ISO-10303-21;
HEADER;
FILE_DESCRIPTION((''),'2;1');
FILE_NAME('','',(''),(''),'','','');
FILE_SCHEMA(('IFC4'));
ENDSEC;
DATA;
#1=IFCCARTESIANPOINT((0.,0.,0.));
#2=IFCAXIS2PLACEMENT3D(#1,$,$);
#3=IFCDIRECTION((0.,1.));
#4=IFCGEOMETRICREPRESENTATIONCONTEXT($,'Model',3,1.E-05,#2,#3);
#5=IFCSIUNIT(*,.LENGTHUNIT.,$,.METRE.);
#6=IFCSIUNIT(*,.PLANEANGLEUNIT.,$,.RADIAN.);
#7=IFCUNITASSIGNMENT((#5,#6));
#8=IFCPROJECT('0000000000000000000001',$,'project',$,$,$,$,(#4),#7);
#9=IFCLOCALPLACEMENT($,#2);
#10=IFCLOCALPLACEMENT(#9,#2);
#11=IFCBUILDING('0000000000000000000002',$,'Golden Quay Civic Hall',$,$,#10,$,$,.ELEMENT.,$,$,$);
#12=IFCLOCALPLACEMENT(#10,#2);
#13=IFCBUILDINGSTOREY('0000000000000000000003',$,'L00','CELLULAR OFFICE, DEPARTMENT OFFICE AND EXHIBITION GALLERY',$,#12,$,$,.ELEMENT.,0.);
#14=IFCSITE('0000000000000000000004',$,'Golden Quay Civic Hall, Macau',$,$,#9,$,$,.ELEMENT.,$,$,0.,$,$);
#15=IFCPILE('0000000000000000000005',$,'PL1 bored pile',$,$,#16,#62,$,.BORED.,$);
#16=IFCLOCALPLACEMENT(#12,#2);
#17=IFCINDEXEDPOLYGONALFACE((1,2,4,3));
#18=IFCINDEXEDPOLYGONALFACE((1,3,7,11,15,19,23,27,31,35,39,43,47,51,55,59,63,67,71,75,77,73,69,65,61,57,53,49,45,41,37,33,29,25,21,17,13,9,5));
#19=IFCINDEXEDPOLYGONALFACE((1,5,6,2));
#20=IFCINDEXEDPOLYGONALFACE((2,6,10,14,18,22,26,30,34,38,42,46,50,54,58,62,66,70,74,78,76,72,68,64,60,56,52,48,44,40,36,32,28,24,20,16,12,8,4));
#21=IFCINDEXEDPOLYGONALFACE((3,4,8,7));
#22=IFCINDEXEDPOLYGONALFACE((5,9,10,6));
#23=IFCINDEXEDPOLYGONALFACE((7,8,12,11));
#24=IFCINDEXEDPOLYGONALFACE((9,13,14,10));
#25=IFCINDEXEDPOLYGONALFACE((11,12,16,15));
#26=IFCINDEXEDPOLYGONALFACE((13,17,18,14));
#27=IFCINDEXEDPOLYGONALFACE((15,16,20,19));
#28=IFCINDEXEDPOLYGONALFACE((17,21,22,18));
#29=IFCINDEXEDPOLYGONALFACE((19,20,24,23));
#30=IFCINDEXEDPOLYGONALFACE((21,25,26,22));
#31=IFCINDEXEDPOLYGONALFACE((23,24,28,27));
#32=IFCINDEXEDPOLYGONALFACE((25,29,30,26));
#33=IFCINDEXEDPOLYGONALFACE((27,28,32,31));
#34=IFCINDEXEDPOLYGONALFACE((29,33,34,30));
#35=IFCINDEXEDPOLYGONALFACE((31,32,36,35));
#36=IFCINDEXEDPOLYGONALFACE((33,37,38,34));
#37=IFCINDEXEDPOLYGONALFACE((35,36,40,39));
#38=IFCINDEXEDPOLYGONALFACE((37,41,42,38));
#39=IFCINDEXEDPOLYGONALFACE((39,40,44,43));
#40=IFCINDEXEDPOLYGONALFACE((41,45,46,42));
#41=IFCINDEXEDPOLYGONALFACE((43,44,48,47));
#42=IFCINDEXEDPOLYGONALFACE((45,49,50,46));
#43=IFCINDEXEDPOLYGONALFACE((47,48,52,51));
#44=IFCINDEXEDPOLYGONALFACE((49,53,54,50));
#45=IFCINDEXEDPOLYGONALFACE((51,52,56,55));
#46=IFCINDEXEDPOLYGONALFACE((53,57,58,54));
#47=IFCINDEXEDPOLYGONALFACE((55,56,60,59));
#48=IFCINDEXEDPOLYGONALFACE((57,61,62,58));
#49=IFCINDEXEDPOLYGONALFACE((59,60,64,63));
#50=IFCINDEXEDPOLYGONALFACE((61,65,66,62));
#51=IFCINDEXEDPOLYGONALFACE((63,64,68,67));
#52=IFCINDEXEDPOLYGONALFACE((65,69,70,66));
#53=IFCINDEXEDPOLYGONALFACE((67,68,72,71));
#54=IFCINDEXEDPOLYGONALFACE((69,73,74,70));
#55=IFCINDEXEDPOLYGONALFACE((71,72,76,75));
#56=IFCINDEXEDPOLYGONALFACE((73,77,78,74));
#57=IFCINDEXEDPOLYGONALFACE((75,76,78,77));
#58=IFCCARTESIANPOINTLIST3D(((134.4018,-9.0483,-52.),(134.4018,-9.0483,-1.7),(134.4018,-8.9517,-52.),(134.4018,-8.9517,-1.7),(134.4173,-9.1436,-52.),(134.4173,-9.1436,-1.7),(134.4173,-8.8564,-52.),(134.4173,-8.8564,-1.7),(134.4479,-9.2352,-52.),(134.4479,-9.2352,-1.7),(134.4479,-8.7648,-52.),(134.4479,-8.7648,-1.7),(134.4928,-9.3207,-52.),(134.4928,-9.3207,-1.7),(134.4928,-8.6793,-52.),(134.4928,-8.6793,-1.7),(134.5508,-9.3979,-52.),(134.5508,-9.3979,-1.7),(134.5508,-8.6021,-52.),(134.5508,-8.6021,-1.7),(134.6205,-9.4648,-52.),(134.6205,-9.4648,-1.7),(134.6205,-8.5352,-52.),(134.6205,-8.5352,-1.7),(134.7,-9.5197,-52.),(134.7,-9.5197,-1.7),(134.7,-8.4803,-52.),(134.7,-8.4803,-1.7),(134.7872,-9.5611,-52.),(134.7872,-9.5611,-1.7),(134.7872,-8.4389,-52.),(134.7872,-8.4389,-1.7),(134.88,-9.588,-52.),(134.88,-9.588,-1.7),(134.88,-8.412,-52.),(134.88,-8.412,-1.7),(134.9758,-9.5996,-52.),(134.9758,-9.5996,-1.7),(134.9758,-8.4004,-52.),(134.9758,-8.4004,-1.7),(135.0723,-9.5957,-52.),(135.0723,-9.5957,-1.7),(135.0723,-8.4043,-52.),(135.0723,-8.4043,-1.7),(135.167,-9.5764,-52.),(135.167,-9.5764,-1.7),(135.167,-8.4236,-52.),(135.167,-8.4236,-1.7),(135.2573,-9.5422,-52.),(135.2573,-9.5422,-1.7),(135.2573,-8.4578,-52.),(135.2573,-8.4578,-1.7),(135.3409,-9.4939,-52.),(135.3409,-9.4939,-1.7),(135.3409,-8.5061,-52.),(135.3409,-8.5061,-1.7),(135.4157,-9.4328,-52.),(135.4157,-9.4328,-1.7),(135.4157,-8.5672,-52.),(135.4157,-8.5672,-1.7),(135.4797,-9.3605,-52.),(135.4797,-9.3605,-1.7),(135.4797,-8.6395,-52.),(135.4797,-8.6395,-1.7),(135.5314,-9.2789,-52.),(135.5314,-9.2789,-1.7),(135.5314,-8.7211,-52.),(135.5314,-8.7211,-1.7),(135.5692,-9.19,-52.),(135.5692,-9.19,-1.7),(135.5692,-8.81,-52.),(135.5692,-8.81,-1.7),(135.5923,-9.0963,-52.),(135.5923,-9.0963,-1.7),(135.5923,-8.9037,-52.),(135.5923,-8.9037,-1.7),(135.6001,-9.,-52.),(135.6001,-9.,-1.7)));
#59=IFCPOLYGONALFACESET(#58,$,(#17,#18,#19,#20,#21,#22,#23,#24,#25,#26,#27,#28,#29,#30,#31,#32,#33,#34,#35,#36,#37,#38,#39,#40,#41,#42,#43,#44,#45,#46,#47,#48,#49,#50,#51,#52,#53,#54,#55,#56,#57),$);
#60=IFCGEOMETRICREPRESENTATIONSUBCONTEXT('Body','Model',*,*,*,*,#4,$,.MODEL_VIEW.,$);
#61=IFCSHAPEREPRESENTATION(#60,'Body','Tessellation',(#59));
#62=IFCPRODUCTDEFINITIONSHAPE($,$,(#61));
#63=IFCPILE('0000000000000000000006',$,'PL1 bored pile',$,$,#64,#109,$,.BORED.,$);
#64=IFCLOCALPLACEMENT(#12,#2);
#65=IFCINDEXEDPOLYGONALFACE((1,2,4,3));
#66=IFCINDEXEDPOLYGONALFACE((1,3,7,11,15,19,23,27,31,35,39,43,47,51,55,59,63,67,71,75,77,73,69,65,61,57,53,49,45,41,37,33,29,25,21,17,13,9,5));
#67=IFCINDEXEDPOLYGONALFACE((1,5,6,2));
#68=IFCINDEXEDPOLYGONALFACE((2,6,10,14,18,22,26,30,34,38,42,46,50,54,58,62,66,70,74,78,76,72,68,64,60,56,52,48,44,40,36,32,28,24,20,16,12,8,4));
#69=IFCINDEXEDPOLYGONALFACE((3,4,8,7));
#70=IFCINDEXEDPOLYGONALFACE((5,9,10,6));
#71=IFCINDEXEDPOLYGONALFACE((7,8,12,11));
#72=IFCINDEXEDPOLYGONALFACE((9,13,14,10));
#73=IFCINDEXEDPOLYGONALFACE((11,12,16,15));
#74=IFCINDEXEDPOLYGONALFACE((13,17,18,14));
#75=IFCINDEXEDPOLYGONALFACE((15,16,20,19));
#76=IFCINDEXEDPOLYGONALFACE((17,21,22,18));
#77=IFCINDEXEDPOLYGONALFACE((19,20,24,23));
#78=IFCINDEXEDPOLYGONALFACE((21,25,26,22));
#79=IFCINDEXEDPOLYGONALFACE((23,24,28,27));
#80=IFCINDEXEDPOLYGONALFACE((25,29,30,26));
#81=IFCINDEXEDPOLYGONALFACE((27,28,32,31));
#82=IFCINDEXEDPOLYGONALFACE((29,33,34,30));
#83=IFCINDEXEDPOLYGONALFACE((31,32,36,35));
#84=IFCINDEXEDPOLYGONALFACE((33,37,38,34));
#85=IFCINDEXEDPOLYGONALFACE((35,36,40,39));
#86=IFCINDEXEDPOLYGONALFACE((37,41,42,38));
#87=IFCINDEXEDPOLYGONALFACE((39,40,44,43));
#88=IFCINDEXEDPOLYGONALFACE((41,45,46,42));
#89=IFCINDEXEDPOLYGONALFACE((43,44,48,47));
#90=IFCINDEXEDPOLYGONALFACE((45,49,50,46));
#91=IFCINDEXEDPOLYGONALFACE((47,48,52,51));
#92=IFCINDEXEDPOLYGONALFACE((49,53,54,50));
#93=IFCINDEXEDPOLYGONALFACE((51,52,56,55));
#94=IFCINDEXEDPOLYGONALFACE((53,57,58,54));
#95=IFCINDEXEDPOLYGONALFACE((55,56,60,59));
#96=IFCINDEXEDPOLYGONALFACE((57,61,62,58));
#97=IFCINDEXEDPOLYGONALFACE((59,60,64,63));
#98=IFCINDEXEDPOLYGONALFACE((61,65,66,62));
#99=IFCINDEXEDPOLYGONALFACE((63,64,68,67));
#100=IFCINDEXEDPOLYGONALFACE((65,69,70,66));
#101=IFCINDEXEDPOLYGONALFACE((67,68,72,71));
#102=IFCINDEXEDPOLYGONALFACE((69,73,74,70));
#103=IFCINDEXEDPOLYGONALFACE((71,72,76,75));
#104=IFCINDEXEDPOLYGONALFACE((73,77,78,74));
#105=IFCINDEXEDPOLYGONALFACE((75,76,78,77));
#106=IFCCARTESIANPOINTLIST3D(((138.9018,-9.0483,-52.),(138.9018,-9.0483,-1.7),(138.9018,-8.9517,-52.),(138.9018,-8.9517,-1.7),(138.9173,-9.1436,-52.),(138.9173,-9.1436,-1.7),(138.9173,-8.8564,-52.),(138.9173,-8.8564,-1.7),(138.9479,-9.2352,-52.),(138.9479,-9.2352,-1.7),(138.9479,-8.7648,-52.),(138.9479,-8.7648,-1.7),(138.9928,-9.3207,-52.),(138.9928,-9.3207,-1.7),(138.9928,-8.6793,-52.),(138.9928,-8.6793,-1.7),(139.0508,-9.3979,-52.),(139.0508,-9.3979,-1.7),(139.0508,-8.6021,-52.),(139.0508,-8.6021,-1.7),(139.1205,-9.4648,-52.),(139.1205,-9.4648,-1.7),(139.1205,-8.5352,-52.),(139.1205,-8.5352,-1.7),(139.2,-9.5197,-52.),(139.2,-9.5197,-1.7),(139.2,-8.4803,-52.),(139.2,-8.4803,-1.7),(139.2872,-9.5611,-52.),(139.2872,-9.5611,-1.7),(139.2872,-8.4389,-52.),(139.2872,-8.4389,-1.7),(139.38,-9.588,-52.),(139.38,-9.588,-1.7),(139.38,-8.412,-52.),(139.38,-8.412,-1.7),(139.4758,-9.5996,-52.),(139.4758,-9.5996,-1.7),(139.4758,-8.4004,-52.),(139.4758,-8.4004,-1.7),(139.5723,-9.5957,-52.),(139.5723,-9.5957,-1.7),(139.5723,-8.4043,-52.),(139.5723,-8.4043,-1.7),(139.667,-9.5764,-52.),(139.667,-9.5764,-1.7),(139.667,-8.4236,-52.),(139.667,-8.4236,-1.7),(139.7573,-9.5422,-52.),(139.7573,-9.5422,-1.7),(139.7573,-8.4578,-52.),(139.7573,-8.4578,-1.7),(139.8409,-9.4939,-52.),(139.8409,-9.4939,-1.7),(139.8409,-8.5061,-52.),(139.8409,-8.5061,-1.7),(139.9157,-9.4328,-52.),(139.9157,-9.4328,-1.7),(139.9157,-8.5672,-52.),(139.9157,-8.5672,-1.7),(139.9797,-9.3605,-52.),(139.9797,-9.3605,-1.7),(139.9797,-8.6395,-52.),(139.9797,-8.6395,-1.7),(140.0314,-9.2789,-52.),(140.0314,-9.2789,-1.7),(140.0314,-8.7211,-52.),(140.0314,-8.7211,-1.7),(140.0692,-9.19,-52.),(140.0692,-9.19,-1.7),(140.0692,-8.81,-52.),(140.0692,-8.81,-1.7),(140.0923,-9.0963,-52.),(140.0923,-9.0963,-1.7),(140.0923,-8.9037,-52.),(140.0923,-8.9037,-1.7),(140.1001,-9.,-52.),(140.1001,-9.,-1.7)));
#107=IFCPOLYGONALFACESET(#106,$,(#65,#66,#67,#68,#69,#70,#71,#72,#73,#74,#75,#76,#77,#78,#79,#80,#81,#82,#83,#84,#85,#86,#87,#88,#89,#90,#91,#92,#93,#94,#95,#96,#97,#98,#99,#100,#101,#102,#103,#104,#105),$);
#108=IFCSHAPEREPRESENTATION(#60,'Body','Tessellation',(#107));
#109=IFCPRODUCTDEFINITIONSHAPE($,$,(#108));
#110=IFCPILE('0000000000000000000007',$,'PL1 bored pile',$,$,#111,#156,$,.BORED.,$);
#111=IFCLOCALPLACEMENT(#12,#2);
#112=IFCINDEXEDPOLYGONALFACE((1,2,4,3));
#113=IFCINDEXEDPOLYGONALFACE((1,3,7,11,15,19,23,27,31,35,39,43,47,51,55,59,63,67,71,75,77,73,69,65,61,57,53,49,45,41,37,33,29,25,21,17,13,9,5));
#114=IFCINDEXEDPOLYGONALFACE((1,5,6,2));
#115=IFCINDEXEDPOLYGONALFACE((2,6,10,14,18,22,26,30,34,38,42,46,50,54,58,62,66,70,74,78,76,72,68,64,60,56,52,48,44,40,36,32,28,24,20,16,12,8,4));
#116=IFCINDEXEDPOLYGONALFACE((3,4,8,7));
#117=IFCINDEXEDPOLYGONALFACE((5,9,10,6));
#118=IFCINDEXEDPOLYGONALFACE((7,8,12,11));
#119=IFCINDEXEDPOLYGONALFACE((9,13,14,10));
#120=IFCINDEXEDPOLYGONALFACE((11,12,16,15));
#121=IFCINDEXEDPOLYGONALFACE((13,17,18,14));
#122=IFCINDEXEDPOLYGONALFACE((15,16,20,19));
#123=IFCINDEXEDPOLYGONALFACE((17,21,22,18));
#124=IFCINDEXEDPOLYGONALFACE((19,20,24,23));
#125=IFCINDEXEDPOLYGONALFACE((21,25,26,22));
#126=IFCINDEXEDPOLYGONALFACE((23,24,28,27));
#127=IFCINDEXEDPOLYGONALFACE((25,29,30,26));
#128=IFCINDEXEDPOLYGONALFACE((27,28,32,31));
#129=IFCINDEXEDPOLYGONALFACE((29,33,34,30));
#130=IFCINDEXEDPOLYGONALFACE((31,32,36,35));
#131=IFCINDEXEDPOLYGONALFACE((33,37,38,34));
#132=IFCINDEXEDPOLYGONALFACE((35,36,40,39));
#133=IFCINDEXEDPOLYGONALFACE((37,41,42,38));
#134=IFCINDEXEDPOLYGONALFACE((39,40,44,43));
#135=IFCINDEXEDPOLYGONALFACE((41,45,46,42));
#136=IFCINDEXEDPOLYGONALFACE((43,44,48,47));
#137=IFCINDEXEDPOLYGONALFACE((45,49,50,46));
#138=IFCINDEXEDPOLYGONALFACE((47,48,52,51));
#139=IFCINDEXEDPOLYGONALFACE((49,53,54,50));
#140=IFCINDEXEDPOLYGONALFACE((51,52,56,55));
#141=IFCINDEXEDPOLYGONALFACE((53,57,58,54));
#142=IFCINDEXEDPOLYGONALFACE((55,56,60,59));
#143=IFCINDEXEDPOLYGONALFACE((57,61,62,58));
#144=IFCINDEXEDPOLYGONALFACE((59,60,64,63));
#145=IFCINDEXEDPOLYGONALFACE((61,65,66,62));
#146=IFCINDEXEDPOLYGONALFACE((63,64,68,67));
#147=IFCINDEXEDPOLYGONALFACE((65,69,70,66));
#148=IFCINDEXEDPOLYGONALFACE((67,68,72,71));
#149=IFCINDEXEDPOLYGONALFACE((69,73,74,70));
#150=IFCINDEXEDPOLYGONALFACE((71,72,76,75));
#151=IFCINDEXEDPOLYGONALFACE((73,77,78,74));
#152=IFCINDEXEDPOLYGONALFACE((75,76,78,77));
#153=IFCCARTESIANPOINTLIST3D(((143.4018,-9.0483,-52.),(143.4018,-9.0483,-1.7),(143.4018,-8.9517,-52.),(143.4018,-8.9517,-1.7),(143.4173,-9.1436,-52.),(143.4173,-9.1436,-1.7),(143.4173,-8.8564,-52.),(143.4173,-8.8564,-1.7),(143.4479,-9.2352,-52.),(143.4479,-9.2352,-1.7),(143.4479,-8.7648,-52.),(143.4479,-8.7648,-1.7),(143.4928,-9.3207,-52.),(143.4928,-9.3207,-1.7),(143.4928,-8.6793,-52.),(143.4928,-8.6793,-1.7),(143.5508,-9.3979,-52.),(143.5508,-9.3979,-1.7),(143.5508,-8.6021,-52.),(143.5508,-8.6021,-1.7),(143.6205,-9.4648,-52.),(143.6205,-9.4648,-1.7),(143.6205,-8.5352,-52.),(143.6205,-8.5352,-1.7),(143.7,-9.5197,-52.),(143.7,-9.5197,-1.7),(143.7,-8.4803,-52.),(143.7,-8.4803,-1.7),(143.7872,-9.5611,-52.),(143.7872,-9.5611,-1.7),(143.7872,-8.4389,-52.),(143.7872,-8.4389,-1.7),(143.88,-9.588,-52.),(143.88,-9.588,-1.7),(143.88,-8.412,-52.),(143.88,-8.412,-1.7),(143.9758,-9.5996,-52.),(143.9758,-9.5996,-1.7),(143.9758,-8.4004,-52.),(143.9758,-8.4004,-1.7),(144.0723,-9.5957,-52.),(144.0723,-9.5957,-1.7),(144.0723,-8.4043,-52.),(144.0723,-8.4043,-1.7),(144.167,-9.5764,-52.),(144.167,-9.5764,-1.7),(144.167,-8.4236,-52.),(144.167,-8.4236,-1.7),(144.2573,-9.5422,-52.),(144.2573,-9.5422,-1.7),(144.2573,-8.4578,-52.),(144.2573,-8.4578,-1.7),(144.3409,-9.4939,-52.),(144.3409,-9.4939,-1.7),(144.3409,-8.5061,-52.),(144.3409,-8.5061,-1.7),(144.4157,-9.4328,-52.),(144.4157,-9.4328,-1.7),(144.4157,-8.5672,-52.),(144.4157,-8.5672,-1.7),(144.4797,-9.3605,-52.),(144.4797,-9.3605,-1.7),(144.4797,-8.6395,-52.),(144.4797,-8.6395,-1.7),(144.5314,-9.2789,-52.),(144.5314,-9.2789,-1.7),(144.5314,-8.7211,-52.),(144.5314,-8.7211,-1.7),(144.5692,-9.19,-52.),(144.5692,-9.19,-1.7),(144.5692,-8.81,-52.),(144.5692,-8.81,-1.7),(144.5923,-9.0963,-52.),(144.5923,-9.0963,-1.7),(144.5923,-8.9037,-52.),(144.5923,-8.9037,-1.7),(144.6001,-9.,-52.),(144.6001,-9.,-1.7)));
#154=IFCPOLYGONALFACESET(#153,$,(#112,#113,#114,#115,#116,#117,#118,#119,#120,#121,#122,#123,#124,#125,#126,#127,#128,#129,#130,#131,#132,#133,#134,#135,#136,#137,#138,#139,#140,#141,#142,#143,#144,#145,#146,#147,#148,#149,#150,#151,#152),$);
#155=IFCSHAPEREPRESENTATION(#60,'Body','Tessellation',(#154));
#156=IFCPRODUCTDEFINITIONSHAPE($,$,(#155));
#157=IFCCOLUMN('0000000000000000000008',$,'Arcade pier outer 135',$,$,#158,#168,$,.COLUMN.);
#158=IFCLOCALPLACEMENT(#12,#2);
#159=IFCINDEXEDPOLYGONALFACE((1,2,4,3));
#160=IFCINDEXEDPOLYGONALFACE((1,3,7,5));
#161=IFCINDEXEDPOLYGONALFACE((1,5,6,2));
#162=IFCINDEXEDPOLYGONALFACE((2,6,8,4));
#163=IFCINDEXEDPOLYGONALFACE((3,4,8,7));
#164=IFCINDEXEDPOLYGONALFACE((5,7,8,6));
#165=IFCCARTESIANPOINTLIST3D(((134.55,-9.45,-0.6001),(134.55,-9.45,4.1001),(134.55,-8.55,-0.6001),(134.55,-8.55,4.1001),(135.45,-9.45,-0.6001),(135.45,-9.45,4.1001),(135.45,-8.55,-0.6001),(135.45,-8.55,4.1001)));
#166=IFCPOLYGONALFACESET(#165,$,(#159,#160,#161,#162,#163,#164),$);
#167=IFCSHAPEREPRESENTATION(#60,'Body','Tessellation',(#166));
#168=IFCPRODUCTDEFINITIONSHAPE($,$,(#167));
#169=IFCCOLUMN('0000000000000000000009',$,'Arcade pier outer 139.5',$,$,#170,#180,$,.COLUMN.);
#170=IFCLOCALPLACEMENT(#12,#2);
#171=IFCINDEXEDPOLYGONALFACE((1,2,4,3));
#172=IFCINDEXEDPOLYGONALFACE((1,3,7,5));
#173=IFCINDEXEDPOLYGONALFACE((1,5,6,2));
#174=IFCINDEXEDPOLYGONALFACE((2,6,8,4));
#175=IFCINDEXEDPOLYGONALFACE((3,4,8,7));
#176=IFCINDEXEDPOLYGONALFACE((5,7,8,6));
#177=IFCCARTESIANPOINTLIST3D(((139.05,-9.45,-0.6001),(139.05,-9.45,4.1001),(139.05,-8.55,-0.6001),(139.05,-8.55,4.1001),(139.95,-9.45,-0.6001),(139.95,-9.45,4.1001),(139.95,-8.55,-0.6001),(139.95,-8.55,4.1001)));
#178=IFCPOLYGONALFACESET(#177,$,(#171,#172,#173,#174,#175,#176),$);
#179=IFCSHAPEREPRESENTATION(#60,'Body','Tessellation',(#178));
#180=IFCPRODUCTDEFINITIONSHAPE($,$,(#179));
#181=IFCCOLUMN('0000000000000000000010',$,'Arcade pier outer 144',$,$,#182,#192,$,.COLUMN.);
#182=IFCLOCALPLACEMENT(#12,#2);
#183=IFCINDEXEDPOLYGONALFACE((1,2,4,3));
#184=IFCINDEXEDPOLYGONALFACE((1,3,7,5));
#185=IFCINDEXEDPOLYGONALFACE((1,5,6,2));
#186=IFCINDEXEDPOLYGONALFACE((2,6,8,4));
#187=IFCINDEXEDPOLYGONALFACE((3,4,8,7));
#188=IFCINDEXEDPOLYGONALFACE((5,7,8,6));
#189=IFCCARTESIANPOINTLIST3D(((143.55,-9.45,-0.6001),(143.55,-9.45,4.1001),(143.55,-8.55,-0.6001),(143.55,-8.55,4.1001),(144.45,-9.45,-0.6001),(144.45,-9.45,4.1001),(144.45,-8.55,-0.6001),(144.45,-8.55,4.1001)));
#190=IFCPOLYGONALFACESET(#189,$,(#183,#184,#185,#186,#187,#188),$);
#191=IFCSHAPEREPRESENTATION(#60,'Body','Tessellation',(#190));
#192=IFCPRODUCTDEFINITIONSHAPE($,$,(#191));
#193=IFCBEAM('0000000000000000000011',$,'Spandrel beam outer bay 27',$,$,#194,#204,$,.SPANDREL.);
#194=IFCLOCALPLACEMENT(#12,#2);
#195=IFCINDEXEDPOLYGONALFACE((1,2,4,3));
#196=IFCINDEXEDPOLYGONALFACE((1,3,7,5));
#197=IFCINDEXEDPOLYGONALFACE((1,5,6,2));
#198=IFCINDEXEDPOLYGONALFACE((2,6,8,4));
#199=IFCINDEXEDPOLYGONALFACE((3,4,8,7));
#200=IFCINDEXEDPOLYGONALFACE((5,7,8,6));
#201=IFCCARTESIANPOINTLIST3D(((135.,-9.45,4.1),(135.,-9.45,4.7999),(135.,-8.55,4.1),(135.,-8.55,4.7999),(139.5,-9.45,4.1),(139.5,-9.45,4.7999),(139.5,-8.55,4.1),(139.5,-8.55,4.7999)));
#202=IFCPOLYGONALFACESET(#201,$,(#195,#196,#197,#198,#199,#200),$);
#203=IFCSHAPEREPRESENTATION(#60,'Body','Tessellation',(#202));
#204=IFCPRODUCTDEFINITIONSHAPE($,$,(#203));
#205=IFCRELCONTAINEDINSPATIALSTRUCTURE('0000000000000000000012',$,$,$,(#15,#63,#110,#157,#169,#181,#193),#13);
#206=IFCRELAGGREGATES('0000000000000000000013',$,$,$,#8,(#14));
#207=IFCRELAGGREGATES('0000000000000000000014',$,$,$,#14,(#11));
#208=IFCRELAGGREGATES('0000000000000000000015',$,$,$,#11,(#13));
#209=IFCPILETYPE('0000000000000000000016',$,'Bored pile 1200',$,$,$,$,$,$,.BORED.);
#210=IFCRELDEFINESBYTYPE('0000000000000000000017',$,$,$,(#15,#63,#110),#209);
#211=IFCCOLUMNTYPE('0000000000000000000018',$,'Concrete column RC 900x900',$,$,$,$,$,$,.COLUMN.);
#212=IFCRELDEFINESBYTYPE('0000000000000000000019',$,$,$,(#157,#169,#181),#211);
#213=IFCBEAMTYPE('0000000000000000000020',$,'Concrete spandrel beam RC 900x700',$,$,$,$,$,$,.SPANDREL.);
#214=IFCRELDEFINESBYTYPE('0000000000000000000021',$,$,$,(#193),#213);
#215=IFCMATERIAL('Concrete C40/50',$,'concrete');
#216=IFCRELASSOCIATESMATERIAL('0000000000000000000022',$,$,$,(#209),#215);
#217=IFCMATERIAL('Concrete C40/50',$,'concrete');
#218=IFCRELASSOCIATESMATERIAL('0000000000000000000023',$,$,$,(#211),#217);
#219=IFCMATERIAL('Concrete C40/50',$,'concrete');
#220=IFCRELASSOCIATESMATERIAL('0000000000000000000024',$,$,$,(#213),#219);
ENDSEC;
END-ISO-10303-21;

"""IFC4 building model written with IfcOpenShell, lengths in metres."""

from ifc_helpers import new_model, si_unit, direction, frame, origin, origin_2d, place, context, subcontext, project, spatial, rectangle, circle, extrude, material, material_profile, profile_set, type_object, element, save


model = new_model("IFC4")

# Units and contexts
model_context = context("Model", 3, precision=1e-05, world=origin(), true_north=direction((0.0, 1.0)))
body_context = subcontext(model_context, "Body", "Model", "MODEL_VIEW")
ifc_project = project(units=[si_unit("LENGTHUNIT", "METRE"), si_unit("PLANEANGLEUNIT", "RADIAN")], contexts=[model_context])

# Site, building, storey
site_placement = place(None, origin())
site = spatial("IfcSite", under=ifc_project, at=site_placement, Name="Golden Quay Civic Hall, Macau", CompositionType="ELEMENT", RefElevation=0.0)
building_placement = place(site_placement, origin())
building = spatial("IfcBuilding", under=site, at=building_placement, Name="Golden Quay Civic Hall", CompositionType="ELEMENT")
storey_placement = place(building_placement, origin())
storey = spatial("IfcBuildingStorey", under=building, at=storey_placement, Name="L00", Description="CELLULAR OFFICE, DEPARTMENT OFFICE AND EXHIBITION GALLERY", CompositionType="ELEMENT", Elevation=0.0)

# Piles
ifc_material_1 = material(Name="Concrete C40/50", Category="concrete")
ifc_material_profile_1 = material_profile(ifc_material_1, circle(Radius=0.6001, at=origin_2d()), Name="RC D1200")
ifc_profile_set_1 = profile_set([ifc_material_profile_1], Name="Concrete C40/50")
pile_type = type_object("IfcPileType", Name="Bored pile 1200", PredefinedType="BORED", material=ifc_profile_set_1)
for number, where, z_axis, x_axis, name in (
    (1, (135.0, -9.0, -1.7), (0.0, 0.0, -1.0), (1.0, 0.0, 0.0), "PL1 bored pile"),
    (2, (139.5, -9.0, -1.7), (0.0, 0.0, -1.0), (1.0, 0.0, 0.0), "PL1 bored pile"),
    (3, (144.0, -9.0, -1.7), (0.0, 0.0, -1.0), (1.0, 0.0, 0.0), "PL1 bored pile"),
):
    element("IfcPile", number, at=place(storey_placement, frame(where, z_axis=z_axis, x_axis=x_axis)), inside=storey, type_object=pile_type, Name=name, PredefinedType="BORED", context=body_context, shape_type="SweptSolid", body=[
        extrude(circle(Radius=0.6001, at=origin_2d()), origin(), (0.0, 0.0, 1.0), 50.3),
    ])

# Columns
ifc_material_2 = material(Name="Concrete C40/50", Category="concrete")
ifc_material_profile_2 = material_profile(ifc_material_2, rectangle(XDim=0.8999, YDim=0.8999, at=origin_2d()), Name="RC 900x900")
ifc_profile_set_2 = profile_set([ifc_material_profile_2], Name="Concrete C40/50")
column_type = type_object("IfcColumnType", Name="Concrete column RC 900x900", PredefinedType="COLUMN", material=ifc_profile_set_2)
for number, where, z_axis, x_axis, name in (
    (4, (135.0, -9.0, -0.6001), (0.0, 0.0, 1.0), (1.0, 0.0, 0.0), "Arcade pier outer 135"),
    (5, (139.5, -9.0, -0.6001), (0.0, 0.0, 1.0), (1.0, 0.0, 0.0), "Arcade pier outer 139.5"),
    (6, (144.0, -9.0, -0.6001), (0.0, 0.0, 1.0), (1.0, 0.0, 0.0), "Arcade pier outer 144"),
):
    element("IfcColumn", number, at=place(storey_placement, frame(where, z_axis=z_axis, x_axis=x_axis)), inside=storey, type_object=column_type, Name=name, PredefinedType="COLUMN", context=body_context, shape_type="SweptSolid", body=[
        extrude(rectangle(XDim=0.8999, YDim=0.8999, at=origin_2d()), origin(), (0.0, 0.0, 1.0), 4.7002),
    ])

# Beam
ifc_material_3 = material(Name="Concrete C40/50", Category="concrete")
ifc_material_profile_3 = material_profile(ifc_material_3, rectangle(XDim=0.8999, YDim=0.7, at=origin_2d()), Name="RC 900x700")
ifc_profile_set_3 = profile_set([ifc_material_profile_3], Name="Concrete C40/50")
beam_type_1 = type_object("IfcBeamType", Name="Concrete spandrel beam RC 900x700", PredefinedType="SPANDREL", material=ifc_profile_set_3)
for number, where, z_axis, x_axis, name in (
    (7, (135.0, -9.0, 4.45), (1.0, 0.0, 0.0), (0.0, 1.0, 0.0), "Spandrel beam outer bay 27"),
):
    element("IfcBeam", number, at=place(storey_placement, frame(where, z_axis=z_axis, x_axis=x_axis)), inside=storey, type_object=beam_type_1, Name=name, PredefinedType="SPANDREL", context=body_context, shape_type="SweptSolid", body=[
        extrude(rectangle(XDim=0.8999, YDim=0.7, at=origin_2d()), origin(), (0.0, 0.0, 1.0), 4.5),
    ])

save(model, "model.ifc")
